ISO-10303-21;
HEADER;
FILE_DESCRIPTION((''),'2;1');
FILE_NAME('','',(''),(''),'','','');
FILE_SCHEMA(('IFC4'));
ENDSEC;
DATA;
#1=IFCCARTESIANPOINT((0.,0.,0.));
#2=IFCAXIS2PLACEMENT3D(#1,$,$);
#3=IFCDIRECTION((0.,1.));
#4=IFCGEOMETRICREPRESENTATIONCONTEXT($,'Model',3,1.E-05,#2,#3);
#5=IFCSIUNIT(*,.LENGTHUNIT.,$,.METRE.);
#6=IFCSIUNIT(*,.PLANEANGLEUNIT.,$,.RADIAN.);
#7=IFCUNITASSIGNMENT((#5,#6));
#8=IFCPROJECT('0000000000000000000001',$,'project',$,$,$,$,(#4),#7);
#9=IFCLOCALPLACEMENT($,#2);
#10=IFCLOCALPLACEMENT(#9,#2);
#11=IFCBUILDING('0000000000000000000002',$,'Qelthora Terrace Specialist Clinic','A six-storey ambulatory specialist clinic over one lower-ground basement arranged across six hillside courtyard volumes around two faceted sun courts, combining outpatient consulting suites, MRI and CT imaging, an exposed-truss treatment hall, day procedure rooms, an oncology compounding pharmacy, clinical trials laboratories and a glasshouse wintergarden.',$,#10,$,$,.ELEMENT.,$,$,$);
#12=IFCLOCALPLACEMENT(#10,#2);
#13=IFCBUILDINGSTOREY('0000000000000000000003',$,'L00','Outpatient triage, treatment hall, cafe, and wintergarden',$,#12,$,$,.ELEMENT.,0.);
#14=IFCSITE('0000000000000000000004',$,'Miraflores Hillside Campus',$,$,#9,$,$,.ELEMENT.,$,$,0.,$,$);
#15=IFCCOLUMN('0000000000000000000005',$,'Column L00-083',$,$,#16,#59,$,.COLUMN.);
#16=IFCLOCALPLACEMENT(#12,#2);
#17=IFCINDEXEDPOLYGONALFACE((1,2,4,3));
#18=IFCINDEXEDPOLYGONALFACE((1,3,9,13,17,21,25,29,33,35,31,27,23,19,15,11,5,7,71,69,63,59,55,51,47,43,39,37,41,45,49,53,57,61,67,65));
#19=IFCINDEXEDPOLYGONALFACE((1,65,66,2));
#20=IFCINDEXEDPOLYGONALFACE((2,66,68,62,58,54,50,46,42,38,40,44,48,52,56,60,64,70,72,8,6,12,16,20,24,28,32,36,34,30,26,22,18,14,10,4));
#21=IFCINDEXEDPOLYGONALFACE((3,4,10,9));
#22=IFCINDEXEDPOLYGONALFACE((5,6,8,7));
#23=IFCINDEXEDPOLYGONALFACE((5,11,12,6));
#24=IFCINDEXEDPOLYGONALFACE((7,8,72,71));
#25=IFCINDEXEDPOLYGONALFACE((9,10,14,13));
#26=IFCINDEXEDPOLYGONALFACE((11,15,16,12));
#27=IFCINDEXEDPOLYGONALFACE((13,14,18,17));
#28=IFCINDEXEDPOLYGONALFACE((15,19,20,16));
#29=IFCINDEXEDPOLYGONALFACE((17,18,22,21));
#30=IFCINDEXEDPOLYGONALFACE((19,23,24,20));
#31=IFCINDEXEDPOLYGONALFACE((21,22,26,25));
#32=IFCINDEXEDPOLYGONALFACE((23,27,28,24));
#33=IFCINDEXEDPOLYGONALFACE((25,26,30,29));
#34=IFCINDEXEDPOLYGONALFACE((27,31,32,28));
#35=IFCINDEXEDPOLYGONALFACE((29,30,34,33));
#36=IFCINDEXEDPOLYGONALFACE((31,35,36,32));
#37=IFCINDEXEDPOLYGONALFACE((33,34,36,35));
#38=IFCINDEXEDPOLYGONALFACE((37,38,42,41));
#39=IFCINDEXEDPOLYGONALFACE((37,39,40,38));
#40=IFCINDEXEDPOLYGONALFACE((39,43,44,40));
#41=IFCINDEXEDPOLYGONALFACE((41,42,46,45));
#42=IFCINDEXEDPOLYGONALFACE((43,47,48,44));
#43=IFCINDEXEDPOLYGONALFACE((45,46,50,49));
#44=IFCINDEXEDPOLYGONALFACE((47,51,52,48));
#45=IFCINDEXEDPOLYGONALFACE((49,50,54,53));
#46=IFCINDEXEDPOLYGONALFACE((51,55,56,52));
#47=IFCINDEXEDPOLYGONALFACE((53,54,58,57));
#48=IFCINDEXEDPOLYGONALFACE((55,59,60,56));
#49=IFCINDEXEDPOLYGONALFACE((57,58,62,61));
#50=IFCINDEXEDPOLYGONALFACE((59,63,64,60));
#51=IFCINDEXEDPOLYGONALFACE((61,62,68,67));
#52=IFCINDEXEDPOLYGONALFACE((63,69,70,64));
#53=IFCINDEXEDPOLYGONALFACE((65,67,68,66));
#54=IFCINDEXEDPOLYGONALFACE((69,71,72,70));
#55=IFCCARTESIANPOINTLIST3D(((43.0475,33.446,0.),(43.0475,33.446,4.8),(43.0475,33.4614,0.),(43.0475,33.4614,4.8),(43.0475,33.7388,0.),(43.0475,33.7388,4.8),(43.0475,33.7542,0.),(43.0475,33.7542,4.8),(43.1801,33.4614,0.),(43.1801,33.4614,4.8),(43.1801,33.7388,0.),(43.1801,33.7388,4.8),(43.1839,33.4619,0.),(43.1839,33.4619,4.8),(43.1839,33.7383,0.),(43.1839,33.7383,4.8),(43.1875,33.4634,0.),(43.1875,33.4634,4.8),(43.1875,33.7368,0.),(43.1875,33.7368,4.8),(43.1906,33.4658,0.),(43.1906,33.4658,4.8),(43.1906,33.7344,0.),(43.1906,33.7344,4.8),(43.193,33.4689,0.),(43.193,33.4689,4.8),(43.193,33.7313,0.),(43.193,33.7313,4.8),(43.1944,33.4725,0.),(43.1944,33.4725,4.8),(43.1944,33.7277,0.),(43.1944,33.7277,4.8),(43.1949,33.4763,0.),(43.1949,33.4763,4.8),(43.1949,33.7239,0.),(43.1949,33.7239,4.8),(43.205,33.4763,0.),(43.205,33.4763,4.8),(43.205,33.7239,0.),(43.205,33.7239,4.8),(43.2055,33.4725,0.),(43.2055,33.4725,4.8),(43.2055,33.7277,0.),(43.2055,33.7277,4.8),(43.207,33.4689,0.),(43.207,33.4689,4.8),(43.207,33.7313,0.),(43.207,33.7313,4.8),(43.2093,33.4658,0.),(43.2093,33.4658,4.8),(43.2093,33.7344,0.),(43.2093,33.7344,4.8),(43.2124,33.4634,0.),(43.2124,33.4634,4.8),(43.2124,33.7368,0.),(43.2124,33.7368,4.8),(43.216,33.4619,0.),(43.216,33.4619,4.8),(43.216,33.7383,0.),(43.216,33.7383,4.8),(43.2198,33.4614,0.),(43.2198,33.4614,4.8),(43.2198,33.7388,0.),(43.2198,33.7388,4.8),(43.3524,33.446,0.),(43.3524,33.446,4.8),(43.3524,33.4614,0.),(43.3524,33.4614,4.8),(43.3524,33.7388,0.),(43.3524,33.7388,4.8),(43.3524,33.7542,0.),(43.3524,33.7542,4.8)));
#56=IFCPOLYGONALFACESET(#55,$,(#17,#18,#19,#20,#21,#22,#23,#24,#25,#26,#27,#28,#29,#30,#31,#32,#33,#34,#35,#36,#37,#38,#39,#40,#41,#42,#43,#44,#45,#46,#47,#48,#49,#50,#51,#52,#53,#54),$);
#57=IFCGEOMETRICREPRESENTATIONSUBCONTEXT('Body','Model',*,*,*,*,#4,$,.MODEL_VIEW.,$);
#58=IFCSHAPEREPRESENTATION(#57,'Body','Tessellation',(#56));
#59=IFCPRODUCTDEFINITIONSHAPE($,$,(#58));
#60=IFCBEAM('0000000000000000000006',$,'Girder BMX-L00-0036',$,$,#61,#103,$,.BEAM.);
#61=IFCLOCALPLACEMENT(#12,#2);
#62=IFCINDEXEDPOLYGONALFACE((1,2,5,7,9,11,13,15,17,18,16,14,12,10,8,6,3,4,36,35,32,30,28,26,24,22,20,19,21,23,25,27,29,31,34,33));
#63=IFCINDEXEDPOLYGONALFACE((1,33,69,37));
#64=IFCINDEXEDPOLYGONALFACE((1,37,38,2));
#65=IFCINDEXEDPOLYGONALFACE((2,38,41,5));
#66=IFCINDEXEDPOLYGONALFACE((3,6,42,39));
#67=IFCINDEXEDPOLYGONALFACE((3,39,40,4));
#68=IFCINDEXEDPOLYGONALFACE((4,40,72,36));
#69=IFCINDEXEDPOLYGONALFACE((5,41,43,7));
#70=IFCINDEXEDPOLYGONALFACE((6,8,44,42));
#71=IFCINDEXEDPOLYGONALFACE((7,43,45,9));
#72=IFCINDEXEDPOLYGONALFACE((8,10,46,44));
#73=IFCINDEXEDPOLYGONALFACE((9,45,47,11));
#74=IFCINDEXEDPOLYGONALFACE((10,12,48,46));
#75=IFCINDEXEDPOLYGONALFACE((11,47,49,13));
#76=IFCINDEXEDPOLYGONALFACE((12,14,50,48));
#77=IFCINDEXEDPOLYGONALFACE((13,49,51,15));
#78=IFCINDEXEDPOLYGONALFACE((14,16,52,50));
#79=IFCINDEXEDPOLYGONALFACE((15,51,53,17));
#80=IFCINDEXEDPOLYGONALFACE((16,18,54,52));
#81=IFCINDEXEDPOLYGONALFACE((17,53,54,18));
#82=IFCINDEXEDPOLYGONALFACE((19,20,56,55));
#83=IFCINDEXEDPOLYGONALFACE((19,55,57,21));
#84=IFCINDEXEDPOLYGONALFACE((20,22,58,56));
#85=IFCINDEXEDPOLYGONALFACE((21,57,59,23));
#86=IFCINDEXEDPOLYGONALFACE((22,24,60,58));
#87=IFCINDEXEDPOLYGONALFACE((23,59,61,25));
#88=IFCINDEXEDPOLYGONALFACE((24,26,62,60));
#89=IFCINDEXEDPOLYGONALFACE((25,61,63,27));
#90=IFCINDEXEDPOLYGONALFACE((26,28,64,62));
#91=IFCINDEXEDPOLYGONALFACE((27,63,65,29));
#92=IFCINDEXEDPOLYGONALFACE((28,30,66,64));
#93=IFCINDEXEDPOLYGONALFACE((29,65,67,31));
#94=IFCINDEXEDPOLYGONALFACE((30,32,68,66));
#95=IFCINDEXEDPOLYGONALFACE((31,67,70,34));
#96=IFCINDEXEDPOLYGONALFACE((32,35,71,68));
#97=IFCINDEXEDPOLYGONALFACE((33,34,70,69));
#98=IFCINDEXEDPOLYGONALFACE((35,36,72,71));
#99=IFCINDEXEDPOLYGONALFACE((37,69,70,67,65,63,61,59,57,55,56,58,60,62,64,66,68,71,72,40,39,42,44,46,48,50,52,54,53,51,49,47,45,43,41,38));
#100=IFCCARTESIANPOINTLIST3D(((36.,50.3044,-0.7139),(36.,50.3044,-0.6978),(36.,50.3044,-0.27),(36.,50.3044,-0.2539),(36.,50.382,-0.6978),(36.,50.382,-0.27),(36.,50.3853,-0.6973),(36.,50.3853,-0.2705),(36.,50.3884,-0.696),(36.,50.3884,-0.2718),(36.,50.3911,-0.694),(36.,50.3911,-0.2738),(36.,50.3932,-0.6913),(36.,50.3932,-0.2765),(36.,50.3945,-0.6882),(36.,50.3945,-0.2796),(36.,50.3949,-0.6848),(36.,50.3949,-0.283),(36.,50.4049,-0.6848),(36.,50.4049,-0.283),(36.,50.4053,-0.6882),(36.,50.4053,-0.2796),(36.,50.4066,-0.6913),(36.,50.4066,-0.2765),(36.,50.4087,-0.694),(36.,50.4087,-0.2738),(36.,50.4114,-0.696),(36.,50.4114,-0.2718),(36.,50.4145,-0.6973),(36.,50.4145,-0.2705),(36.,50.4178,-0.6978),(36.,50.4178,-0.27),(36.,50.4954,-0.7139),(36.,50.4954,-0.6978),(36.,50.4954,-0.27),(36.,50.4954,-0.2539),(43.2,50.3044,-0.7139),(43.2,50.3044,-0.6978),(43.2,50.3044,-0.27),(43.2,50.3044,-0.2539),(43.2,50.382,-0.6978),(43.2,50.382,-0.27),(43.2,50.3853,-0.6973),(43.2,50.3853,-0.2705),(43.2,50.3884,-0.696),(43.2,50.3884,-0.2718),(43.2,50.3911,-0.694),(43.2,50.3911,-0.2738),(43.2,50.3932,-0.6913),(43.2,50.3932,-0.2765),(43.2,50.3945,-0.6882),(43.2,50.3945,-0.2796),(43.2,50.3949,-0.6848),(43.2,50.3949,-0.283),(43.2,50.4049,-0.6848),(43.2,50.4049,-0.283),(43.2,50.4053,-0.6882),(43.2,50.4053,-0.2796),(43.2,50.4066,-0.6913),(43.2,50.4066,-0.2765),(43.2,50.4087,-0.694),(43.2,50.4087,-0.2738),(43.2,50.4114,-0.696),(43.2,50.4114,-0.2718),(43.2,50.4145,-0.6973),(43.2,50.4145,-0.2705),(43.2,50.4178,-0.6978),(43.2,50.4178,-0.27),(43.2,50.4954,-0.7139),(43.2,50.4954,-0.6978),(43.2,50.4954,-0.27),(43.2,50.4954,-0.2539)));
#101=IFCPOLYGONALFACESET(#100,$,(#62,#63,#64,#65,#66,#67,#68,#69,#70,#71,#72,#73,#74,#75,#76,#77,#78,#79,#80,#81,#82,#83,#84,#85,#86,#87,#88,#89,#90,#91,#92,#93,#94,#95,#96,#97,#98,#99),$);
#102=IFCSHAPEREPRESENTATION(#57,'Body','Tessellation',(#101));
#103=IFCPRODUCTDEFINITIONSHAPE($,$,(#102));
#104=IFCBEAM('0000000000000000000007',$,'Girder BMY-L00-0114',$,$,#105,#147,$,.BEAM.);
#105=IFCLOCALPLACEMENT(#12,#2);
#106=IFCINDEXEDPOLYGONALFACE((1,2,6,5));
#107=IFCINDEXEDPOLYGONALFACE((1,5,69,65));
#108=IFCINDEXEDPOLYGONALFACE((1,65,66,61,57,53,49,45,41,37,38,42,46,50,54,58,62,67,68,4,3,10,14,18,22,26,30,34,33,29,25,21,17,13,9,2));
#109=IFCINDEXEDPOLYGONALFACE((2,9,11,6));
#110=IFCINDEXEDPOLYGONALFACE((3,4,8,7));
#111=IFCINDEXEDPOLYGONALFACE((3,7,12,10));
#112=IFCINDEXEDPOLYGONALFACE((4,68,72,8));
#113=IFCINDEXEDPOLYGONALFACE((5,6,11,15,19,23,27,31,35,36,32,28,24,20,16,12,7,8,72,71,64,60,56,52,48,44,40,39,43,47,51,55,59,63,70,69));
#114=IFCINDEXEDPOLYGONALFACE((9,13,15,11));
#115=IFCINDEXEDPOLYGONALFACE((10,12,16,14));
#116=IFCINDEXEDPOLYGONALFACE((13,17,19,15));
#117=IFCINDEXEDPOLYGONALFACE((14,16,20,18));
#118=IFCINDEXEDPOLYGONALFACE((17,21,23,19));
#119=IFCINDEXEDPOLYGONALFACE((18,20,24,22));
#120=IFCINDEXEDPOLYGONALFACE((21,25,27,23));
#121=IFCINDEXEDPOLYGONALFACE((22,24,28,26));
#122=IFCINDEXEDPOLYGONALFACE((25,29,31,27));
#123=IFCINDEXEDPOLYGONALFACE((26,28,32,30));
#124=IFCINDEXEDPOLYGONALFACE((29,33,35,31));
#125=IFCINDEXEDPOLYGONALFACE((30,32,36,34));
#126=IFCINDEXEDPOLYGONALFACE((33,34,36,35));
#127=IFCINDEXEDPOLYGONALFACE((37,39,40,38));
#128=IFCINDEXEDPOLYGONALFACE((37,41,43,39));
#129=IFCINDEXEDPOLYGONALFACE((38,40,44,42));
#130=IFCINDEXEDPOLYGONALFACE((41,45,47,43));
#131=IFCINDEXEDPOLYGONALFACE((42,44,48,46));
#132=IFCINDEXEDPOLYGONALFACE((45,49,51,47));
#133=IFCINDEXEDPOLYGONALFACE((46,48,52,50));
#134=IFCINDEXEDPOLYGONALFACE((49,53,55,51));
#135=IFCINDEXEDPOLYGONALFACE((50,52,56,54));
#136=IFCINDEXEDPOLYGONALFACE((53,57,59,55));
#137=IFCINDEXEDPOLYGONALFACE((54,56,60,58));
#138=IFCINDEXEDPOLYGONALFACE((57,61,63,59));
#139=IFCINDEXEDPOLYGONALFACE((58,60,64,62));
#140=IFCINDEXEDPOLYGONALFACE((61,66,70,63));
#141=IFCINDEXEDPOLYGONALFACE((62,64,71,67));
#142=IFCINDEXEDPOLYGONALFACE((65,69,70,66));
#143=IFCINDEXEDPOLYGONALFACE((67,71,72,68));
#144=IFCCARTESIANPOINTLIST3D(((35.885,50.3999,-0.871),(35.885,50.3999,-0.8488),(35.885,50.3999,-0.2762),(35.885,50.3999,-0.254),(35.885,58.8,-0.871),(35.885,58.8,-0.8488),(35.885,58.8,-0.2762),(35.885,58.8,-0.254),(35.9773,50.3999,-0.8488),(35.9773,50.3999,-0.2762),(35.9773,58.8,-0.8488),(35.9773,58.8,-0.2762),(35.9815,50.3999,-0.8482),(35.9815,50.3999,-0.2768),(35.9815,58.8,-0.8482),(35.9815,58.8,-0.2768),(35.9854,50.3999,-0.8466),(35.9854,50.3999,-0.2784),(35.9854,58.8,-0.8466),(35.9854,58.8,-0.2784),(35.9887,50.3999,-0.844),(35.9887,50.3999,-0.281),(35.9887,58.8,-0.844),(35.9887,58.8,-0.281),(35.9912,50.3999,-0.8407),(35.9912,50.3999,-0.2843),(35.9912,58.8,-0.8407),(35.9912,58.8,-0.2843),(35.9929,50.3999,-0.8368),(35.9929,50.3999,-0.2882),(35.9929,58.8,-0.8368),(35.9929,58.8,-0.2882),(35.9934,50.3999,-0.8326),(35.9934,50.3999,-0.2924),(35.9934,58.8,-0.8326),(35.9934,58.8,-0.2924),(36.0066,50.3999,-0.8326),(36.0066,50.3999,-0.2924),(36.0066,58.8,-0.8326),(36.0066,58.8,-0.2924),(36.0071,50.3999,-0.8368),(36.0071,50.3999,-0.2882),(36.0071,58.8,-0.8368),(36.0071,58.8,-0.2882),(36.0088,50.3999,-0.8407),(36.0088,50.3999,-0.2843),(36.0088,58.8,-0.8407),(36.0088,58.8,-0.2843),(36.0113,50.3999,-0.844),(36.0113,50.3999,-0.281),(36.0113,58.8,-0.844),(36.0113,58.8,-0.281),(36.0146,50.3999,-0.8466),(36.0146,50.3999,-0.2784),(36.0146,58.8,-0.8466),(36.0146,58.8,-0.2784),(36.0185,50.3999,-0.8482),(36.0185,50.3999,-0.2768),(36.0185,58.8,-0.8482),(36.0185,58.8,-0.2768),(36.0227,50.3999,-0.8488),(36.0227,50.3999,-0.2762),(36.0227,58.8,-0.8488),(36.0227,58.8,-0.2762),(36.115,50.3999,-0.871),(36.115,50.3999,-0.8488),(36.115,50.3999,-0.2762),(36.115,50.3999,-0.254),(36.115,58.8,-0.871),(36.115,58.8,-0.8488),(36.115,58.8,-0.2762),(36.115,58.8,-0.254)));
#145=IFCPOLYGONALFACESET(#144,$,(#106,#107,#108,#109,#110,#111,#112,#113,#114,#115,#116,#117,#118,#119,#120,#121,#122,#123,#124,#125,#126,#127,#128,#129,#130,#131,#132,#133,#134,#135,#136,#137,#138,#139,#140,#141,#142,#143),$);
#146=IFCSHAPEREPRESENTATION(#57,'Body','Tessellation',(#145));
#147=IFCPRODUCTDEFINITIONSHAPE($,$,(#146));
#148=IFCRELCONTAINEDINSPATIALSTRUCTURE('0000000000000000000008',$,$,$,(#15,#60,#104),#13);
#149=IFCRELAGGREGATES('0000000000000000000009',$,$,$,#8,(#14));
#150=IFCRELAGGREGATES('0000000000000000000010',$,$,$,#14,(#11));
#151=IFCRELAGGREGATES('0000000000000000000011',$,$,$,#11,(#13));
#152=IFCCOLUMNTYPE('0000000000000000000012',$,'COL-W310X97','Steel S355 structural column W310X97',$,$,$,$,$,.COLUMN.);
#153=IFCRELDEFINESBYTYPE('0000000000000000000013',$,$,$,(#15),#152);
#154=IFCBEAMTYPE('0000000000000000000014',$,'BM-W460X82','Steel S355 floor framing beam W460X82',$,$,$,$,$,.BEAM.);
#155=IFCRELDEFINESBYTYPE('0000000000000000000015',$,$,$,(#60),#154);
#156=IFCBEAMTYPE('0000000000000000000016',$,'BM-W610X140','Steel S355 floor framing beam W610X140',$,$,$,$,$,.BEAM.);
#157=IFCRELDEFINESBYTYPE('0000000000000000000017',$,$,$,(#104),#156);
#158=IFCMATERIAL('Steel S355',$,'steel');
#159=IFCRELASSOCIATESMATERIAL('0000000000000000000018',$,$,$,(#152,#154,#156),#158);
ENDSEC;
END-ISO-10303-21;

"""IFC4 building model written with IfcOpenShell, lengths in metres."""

from ifc_helpers import new_model, si_unit, direction, frame, origin, origin_2d, place, context, subcontext, project, spatial, i_section, extrude, material, material_profile, profile_set, type_object, element, save


model = new_model("IFC4")

# Units and contexts
model_context = context("Model", 3, precision=1e-05, world=origin(), true_north=direction((0.0, 1.0)))
body_context = subcontext(model_context, "Body", "Model", "MODEL_VIEW")
ifc_project = project(units=[si_unit("LENGTHUNIT", "METRE"), si_unit("PLANEANGLEUNIT", "RADIAN")], contexts=[model_context])

# Site, building, storey
site_placement = place(None, origin())
site = spatial("IfcSite", under=ifc_project, at=site_placement, Name="Miraflores Hillside Campus", CompositionType="ELEMENT", RefElevation=0.0)
building_placement = place(site_placement, origin())
building = spatial("IfcBuilding", under=site, at=building_placement, Name="Qelthora Terrace Specialist Clinic", Description="A six-storey ambulatory specialist clinic over one lower-ground basement arranged across six hillside courtyard volumes around two faceted sun courts, combining outpatient consulting suites, MRI and CT imaging, an exposed-truss treatment hall, day procedure rooms, an oncology compounding pharmacy, clinical trials laboratories and a glasshouse wintergarden.", CompositionType="ELEMENT")
storey_placement = place(building_placement, origin())
storey = spatial("IfcBuildingStorey", under=building, at=storey_placement, Name="L00", Description="Outpatient triage, treatment hall, cafe, and wintergarden", CompositionType="ELEMENT", Elevation=0.0)

# Column
ifc_material_1 = material(Name="Steel S355", Category="steel")
ifc_material_profile_1 = material_profile(ifc_material_1, i_section(OverallWidth=0.3049, OverallDepth=0.3081, WebThickness=0.01, FlangeThickness=0.0154, FilletRadius=0.0149, at=origin_2d()), Name="W310X97")
ifc_profile_set_1 = profile_set([ifc_material_profile_1], Name="Steel S355")
column_type_1 = type_object("IfcColumnType", Name="COL-W310X97", Description="Steel S355 structural column W310X97", PredefinedType="COLUMN", material=ifc_profile_set_1)
column_1_placement = place(storey_placement, frame((43.2, 33.6001, 0.0), z_axis=(0.0, 0.0, 1.0), x_axis=(1.0, 0.0, 0.0)))
element("IfcColumn", 1, at=column_1_placement, inside=storey, type_object=column_type_1, Name="Column L00-083", PredefinedType="COLUMN", context=body_context, shape_type="SweptSolid", body=[
    extrude(i_section(OverallWidth=0.3049, OverallDepth=0.3081, WebThickness=0.01, FlangeThickness=0.0154, FilletRadius=0.0149, at=origin_2d()), origin(), (0.0, 0.0, 1.0), 4.8),
])

# Beams
ifc_material_profile_2 = material_profile(ifc_material_1, i_section(OverallWidth=0.1909, OverallDepth=0.46, WebThickness=0.01, FlangeThickness=0.0161, FilletRadius=0.0129, at=origin_2d()), Name="W460X82")
ifc_profile_set_2 = profile_set([ifc_material_profile_2], Name="Steel S355")
beam_type_1 = type_object("IfcBeamType", Name="BM-W460X82", Description="Steel S355 floor framing beam W460X82", PredefinedType="BEAM", material=ifc_profile_set_2)
beam_1_placement = place(storey_placement, frame((36.0, 50.3999, -0.4839), z_axis=(1.0, 0.0, 0.0), x_axis=(0.0, 1.0, 0.0)))
element("IfcBeam", 2, at=beam_1_placement, inside=storey, type_object=beam_type_1, Name="Girder BMX-L00-0036", PredefinedType="BEAM", context=body_context, shape_type="SweptSolid", body=[
    extrude(i_section(OverallWidth=0.1909, OverallDepth=0.46, WebThickness=0.01, FlangeThickness=0.0161, FilletRadius=0.0129, at=origin_2d()), origin(), (0.0, 0.0, 1.0), 7.2),
])
ifc_material_profile_3 = material_profile(ifc_material_1, i_section(OverallWidth=0.23, OverallDepth=0.6169, WebThickness=0.0132, FlangeThickness=0.0222, FilletRadius=0.0161, at=origin_2d()), Name="W610X140")
ifc_profile_set_3 = profile_set([ifc_material_profile_3], Name="Steel S355")
beam_type_2 = type_object("IfcBeamType", Name="BM-W610X140", Description="Steel S355 floor framing beam W610X140", PredefinedType="BEAM", material=ifc_profile_set_3)
beam_2_placement = place(storey_placement, frame((36.0, 50.3999, -0.5625), z_axis=(0.0, 1.0, 0.0), x_axis=(-1.0, 0.0, 0.0)))
element("IfcBeam", 3, at=beam_2_placement, inside=storey, type_object=beam_type_2, Name="Girder BMY-L00-0114", PredefinedType="BEAM", context=body_context, shape_type="SweptSolid", body=[
    extrude(i_section(OverallWidth=0.23, OverallDepth=0.6169, WebThickness=0.0132, FlangeThickness=0.0222, FilletRadius=0.0161, at=origin_2d()), origin(), (0.0, 0.0, 1.0), 8.4001),
])

save(model, "model.ifc")
